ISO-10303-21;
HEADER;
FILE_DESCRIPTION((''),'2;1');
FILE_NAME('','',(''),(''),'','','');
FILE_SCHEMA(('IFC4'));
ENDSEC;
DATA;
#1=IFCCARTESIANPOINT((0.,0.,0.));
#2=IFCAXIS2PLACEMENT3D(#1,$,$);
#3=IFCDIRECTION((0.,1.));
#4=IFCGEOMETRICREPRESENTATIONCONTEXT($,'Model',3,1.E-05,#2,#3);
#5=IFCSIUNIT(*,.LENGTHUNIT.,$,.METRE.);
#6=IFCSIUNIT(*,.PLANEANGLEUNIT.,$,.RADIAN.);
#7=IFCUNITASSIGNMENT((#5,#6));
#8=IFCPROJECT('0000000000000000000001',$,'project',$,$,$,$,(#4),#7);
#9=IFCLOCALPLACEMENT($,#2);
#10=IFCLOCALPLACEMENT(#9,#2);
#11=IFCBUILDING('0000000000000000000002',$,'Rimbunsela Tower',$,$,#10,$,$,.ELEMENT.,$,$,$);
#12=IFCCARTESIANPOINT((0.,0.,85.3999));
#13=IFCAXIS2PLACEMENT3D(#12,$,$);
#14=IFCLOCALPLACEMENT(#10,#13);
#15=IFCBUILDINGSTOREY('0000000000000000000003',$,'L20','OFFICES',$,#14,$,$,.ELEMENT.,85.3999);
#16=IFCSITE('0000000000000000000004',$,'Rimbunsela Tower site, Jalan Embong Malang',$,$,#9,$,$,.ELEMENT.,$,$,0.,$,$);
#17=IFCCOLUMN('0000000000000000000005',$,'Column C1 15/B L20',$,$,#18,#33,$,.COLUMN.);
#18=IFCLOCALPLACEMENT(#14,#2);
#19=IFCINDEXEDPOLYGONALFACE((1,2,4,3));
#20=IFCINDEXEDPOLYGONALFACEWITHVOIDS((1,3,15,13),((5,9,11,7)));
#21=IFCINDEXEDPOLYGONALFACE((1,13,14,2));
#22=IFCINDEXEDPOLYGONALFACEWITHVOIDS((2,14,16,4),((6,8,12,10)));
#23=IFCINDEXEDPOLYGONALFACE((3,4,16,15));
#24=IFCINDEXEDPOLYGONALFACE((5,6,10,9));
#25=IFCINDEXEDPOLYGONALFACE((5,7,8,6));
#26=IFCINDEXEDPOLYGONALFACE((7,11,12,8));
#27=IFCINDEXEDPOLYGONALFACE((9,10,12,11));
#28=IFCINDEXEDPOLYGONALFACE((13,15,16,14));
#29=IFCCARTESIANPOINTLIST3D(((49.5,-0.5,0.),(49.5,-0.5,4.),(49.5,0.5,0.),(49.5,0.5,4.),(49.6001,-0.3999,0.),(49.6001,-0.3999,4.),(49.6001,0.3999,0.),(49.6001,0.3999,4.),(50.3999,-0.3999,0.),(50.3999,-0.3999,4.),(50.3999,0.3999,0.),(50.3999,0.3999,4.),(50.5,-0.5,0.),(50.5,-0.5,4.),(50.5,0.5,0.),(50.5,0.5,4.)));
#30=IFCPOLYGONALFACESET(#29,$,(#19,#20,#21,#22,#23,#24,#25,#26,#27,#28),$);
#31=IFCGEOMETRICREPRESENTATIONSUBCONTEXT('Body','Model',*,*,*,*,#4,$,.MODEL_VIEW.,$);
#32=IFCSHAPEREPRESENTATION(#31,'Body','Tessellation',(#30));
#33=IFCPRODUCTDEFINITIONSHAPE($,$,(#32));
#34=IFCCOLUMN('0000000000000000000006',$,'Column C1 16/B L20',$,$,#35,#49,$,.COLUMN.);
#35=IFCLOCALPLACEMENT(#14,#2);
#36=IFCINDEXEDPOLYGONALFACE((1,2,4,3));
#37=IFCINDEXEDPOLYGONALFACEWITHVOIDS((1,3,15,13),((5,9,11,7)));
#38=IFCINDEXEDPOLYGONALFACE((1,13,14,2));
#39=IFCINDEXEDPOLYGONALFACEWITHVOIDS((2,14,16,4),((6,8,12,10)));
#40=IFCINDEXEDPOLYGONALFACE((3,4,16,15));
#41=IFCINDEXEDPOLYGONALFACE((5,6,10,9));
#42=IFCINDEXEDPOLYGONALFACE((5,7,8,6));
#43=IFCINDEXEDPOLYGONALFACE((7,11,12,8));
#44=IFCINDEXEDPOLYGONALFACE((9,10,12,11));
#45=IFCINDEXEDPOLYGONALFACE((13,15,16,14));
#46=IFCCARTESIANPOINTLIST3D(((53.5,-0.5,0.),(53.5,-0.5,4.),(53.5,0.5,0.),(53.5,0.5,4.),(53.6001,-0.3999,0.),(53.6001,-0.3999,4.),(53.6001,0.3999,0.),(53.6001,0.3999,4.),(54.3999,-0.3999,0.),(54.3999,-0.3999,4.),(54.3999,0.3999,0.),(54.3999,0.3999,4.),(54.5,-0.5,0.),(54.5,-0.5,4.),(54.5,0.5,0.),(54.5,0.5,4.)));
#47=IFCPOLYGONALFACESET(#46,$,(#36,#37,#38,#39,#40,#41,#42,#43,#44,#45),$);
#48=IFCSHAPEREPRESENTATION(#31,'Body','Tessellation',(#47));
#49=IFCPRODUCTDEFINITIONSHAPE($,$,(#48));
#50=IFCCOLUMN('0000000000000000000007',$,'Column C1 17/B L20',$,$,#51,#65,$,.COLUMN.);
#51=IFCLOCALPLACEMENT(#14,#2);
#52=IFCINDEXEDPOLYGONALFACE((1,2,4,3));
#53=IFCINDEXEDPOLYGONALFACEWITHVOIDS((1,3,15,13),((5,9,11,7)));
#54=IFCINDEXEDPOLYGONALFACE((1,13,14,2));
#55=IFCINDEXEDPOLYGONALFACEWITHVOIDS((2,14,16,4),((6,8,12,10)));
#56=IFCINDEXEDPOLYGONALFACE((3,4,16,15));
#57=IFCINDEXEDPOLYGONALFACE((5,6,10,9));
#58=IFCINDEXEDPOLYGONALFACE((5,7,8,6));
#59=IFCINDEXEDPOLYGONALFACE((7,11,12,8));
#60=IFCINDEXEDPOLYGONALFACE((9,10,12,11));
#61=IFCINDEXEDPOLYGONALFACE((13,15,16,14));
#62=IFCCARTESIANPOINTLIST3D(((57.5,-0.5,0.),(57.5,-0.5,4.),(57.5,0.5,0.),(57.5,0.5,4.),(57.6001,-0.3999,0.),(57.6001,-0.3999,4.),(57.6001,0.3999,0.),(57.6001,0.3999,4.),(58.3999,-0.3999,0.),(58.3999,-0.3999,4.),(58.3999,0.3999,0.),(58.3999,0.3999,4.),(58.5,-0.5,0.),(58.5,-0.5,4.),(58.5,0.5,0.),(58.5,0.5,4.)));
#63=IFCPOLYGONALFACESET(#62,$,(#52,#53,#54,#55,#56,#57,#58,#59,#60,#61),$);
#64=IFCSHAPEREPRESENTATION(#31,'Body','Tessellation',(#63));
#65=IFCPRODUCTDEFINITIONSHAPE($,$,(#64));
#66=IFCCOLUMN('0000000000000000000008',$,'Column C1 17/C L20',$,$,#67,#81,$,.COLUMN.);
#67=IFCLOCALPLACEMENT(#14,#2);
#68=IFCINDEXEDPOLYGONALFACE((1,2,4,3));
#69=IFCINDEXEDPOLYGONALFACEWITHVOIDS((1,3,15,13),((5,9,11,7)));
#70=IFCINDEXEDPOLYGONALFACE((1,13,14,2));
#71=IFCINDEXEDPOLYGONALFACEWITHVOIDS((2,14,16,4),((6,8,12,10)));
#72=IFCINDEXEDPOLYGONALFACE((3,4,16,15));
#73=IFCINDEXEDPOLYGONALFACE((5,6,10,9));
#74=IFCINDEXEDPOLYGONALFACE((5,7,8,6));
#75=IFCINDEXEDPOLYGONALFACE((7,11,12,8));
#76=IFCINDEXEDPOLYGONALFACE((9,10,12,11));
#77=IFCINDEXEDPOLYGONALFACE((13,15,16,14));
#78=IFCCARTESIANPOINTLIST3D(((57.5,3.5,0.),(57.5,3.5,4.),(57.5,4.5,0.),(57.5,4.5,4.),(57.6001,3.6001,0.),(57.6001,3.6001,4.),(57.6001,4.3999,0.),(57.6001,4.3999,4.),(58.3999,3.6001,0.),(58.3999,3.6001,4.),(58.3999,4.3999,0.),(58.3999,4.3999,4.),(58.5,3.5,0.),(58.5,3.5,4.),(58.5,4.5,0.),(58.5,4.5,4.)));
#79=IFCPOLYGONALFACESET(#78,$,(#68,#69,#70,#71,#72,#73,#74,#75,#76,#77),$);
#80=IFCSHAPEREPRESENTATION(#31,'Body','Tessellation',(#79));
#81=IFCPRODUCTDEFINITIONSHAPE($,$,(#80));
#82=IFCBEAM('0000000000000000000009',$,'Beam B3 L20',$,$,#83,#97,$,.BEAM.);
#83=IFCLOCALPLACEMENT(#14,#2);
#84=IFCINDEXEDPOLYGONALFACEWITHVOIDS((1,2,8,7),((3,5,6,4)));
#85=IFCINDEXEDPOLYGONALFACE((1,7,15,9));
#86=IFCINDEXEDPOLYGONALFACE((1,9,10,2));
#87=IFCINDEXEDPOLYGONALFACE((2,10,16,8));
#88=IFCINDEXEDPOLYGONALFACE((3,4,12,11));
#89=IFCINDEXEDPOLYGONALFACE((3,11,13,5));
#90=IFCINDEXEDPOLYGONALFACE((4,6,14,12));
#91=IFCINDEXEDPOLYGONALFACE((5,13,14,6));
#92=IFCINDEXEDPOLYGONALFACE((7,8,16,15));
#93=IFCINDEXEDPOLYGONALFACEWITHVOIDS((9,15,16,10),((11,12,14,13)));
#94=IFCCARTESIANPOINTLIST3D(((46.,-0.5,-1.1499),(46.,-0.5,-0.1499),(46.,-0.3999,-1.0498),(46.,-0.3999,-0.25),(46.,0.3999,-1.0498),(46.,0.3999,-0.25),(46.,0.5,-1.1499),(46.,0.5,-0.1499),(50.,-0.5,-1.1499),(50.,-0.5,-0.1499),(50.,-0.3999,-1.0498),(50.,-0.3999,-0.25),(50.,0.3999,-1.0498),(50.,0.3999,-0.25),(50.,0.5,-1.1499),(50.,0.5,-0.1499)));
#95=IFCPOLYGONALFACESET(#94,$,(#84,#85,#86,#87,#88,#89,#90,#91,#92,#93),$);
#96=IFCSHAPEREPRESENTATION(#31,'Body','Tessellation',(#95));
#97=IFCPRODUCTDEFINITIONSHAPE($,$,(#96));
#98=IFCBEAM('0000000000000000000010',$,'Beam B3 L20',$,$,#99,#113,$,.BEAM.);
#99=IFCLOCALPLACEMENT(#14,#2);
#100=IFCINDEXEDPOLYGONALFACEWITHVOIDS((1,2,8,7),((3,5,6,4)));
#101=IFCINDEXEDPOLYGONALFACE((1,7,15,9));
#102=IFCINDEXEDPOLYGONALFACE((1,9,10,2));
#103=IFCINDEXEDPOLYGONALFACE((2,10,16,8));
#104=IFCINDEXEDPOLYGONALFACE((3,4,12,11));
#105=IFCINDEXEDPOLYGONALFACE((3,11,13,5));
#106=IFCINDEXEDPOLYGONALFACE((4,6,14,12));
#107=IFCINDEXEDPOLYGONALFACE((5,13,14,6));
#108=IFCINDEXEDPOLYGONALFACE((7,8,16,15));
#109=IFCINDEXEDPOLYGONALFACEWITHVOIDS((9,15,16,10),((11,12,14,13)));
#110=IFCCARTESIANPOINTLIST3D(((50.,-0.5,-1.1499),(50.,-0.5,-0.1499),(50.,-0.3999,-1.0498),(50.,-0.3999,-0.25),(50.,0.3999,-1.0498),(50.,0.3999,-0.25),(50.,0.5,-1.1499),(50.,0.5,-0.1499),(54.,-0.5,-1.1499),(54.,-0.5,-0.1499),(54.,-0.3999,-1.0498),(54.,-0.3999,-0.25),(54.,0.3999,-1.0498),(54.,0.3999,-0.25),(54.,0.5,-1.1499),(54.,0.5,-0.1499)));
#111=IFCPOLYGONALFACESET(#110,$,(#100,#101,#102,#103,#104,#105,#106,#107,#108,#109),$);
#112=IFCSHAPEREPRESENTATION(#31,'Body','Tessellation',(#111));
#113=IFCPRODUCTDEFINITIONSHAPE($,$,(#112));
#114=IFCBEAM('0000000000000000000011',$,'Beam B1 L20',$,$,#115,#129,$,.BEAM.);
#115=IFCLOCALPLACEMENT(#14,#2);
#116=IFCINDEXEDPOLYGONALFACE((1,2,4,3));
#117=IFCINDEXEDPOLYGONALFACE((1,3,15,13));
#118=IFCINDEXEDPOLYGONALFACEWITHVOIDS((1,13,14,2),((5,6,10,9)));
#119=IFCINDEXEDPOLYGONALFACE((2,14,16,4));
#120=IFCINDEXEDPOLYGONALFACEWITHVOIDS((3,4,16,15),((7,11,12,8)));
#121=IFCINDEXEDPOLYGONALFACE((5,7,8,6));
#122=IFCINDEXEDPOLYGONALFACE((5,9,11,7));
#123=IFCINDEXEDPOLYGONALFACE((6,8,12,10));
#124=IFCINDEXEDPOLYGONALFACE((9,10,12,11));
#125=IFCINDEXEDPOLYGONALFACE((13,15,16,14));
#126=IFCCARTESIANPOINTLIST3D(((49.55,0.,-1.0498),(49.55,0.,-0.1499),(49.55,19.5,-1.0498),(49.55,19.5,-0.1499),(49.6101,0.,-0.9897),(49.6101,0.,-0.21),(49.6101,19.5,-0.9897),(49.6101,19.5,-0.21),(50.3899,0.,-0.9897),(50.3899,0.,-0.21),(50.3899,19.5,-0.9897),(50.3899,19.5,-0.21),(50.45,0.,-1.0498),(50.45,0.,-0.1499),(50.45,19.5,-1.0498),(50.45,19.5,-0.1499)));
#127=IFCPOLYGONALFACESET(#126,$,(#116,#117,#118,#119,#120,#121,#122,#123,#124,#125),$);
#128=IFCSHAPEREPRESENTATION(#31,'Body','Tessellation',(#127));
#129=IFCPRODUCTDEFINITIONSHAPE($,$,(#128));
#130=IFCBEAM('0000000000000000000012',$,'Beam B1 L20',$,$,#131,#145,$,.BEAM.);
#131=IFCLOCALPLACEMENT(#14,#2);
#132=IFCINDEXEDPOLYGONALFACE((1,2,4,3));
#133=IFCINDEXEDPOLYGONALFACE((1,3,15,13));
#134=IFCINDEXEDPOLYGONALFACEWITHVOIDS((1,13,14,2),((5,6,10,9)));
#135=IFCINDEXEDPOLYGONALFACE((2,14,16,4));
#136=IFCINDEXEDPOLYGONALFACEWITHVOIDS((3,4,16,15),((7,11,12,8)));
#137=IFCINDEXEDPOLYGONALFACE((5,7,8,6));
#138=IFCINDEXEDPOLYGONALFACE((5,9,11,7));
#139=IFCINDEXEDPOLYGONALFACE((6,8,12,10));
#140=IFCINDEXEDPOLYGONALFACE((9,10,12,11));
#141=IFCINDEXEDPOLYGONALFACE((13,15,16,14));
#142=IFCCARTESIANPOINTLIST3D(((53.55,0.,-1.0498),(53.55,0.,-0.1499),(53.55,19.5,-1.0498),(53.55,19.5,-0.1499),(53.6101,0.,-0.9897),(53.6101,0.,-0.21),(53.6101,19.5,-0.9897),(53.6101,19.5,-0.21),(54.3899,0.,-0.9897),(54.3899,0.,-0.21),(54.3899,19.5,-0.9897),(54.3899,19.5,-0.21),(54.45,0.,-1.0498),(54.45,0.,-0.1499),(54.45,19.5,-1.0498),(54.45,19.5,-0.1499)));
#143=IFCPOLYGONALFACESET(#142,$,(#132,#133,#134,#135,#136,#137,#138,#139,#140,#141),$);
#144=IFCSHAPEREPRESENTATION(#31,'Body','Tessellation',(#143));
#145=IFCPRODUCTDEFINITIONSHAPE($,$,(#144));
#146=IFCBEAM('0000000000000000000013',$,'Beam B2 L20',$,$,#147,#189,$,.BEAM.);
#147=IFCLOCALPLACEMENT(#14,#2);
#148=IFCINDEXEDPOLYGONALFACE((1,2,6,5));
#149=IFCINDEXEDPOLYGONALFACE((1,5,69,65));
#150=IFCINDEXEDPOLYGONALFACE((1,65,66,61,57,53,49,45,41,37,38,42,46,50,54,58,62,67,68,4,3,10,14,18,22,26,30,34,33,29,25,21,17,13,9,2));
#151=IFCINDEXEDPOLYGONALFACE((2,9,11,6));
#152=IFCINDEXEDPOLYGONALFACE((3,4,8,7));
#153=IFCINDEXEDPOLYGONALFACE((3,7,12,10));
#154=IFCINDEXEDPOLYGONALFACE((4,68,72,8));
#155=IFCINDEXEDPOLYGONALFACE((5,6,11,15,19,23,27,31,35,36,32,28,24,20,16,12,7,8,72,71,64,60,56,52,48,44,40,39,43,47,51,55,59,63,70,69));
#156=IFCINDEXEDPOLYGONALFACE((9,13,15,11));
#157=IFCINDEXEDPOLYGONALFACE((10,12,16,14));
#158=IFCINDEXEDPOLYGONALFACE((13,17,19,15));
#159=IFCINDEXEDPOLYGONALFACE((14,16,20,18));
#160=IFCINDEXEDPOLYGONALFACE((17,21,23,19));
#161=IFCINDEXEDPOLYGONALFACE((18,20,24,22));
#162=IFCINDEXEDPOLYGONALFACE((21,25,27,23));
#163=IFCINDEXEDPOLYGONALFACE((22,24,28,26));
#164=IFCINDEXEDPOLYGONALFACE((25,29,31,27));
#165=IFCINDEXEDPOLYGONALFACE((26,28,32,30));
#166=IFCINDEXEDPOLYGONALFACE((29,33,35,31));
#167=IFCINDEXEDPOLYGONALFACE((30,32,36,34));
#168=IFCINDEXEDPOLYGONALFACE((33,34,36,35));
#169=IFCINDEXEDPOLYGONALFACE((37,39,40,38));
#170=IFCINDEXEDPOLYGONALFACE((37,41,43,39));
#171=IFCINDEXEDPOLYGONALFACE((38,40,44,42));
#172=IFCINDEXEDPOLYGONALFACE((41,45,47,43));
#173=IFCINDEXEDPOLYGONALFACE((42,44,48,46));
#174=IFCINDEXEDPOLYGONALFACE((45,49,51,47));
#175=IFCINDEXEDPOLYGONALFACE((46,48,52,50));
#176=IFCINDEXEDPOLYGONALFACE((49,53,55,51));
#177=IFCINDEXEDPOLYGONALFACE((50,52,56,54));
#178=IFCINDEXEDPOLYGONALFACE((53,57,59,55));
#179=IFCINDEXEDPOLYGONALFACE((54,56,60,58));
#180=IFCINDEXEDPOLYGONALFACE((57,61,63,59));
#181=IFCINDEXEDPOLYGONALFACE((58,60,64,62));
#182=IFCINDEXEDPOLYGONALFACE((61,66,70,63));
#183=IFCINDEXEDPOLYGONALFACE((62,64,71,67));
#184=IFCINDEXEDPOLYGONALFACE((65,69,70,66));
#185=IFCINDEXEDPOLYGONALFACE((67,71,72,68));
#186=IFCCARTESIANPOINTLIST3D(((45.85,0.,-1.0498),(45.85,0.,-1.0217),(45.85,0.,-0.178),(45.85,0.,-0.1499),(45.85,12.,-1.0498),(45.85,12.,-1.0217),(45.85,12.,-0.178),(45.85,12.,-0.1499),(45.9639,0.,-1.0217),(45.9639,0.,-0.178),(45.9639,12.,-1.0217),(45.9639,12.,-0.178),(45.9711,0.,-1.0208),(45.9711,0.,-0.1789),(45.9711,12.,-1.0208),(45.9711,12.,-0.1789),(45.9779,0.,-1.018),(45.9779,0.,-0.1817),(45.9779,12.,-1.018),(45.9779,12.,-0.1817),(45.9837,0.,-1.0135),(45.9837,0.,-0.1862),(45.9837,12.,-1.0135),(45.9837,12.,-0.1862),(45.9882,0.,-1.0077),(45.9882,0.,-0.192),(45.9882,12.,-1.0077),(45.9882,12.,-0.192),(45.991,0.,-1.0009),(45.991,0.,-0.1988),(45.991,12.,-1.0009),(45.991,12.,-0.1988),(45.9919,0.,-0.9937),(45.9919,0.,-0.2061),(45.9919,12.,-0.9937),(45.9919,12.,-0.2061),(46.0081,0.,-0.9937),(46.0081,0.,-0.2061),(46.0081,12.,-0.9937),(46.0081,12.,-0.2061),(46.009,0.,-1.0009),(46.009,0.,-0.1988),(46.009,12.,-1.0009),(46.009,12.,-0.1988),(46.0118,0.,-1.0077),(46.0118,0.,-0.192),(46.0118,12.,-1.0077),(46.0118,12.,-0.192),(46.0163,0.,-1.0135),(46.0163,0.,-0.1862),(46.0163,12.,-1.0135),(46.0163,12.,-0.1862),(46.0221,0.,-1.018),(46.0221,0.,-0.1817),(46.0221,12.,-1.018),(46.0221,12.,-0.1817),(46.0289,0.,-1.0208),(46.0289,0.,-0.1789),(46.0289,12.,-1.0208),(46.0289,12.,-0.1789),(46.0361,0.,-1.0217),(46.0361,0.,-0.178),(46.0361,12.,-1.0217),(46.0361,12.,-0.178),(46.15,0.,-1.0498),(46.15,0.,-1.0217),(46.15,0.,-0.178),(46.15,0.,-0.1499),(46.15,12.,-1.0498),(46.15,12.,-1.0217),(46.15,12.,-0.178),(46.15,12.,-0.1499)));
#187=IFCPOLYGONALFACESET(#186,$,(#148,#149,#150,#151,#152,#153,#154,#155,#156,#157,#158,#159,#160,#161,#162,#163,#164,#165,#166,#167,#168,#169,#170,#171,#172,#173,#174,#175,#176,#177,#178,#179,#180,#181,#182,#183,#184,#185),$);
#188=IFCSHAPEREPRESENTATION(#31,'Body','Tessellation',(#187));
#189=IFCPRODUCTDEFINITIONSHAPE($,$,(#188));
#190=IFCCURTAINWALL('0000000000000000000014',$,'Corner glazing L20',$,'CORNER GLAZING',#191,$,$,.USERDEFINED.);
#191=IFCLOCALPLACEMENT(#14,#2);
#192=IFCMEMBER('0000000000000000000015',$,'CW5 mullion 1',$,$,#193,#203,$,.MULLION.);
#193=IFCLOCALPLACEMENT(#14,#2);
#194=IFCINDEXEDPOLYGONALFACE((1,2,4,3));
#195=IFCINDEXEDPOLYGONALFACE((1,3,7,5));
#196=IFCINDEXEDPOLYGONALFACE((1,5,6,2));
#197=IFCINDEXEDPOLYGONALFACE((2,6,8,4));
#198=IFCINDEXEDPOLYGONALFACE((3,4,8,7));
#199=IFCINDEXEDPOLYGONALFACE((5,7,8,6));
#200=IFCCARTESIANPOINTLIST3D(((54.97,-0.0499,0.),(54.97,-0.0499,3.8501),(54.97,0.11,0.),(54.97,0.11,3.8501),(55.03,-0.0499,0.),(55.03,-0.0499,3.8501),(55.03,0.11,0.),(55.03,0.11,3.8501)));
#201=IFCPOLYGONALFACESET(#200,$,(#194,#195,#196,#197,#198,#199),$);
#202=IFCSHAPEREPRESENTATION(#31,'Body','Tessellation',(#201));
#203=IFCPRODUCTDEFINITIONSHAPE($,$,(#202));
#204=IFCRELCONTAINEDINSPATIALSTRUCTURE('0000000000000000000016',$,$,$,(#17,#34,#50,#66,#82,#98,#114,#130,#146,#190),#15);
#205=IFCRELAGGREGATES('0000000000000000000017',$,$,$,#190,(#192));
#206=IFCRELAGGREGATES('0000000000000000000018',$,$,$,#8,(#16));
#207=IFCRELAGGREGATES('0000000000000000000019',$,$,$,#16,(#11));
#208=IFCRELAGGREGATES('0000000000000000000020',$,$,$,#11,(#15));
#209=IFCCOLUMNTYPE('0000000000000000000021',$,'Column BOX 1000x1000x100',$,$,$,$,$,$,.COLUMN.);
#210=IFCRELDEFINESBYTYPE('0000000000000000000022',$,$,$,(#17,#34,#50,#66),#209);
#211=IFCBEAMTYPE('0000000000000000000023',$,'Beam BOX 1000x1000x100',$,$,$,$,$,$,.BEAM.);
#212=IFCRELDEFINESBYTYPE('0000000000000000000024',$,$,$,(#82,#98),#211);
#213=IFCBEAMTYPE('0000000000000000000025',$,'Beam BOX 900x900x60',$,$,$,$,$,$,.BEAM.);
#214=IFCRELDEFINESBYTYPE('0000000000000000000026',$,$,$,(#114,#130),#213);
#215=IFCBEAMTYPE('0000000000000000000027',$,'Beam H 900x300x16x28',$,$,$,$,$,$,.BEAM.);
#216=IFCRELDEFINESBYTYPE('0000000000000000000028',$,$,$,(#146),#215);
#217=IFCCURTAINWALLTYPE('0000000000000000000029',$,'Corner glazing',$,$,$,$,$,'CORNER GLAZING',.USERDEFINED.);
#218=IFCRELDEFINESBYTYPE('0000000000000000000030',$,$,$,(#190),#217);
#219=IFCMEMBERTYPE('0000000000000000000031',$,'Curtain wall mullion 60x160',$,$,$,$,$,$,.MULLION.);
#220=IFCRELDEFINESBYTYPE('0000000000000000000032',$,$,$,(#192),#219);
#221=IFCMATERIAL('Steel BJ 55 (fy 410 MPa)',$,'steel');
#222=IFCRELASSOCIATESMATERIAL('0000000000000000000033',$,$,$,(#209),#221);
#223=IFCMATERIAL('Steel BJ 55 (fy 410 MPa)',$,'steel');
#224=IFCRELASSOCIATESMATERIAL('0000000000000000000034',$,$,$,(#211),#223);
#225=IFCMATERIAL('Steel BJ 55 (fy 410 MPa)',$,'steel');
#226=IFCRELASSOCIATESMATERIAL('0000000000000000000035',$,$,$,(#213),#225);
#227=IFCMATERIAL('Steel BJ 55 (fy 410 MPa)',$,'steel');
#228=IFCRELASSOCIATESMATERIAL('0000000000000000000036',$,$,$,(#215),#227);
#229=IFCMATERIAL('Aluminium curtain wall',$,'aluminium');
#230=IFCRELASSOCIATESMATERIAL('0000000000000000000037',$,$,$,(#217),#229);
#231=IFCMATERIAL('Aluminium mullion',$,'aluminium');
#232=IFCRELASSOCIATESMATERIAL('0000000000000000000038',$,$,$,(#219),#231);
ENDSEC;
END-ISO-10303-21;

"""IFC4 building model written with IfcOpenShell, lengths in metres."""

from ifc_helpers import new_model, si_unit, direction, frame, origin, origin_2d, place, context, subcontext, project, spatial, rectangle, hollow_rectangle, i_section, extrude, material, material_profile, profile_set, type_object, element, aggregate, save


model = new_model("IFC4")

# Units and contexts
model_context = context("Model", 3, precision=1e-05, world=origin(), true_north=direction((0.0, 1.0)))
body_context = subcontext(model_context, "Body", "Model", "MODEL_VIEW")
ifc_project = project(units=[si_unit("LENGTHUNIT", "METRE"), si_unit("PLANEANGLEUNIT", "RADIAN")], contexts=[model_context])

# Site, building, storey
site_placement = place(None, origin())
site = spatial("IfcSite", under=ifc_project, at=site_placement, Name="Rimbunsela Tower site, Jalan Embong Malang", CompositionType="ELEMENT", RefElevation=0.0)
building_placement = place(site_placement, origin())
building = spatial("IfcBuilding", under=site, at=building_placement, Name="Rimbunsela Tower", CompositionType="ELEMENT")
storey_placement = place(building_placement, frame((0.0, 0.0, 85.3999)))
storey = spatial("IfcBuildingStorey", under=building, at=storey_placement, Name="L20", Description="OFFICES", CompositionType="ELEMENT", Elevation=85.3999)

# Columns
ifc_material_1 = material(Name="Steel BJ 55 (fy 410 MPa)", Category="steel")
ifc_material_profile_1 = material_profile(ifc_material_1, hollow_rectangle(XDim=1.0, YDim=1.0, WallThickness=0.1001, at=origin_2d()), Name="BOX 1000x1000x100")
ifc_profile_set_1 = profile_set([ifc_material_profile_1], Name="Steel BJ 55 (fy 410 MPa)")
column_type = type_object("IfcColumnType", Name="Column BOX 1000x1000x100", PredefinedType="COLUMN", material=ifc_profile_set_1)
for number, where, z_axis, x_axis, name in (
    (1, (50.0, 0.0, 0.0), (0.0, 0.0, 1.0), (1.0, 0.0, 0.0), "Column C1 15/B L20"),
    (2, (54.0, 0.0, 0.0), (0.0, 0.0, 1.0), (1.0, 0.0, 0.0), "Column C1 16/B L20"),
    (3, (58.0, 0.0, 0.0), (0.0, 0.0, 1.0), (1.0, 0.0, 0.0), "Column C1 17/B L20"),
    (4, (58.0, 4.0, 0.0), (0.0, 0.0, 1.0), (1.0, 0.0, 0.0), "Column C1 17/C L20"),
):
    element("IfcColumn", number, at=place(storey_placement, frame(where, z_axis=z_axis, x_axis=x_axis)), inside=storey, type_object=column_type, Name=name, PredefinedType="COLUMN", context=body_context, shape_type="SweptSolid", body=[
        extrude(hollow_rectangle(XDim=1.0, YDim=1.0, WallThickness=0.1001, at=origin_2d()), origin(), (0.0, 0.0, 1.0), 4.0),
    ])

# Beams
ifc_material_2 = material(Name="Steel BJ 55 (fy 410 MPa)", Category="steel")
ifc_material_profile_2 = material_profile(ifc_material_2, hollow_rectangle(XDim=1.0, YDim=1.0, WallThickness=0.1001, at=origin_2d()), Name="BOX 1000x1000x100")
ifc_profile_set_2 = profile_set([ifc_material_profile_2], Name="Steel BJ 55 (fy 410 MPa)")
beam_type_1 = type_object("IfcBeamType", Name="Beam BOX 1000x1000x100", PredefinedType="BEAM", material=ifc_profile_set_2)
for number, where, z_axis, x_axis, name in (
    (5, (46.0, 0.0, -0.6499), (1.0, 0.0, 0.0), (0.0, 1.0, 0.0), "Beam B3 L20"),
    (6, (50.0, 0.0, -0.6499), (1.0, 0.0, 0.0), (0.0, 1.0, 0.0), "Beam B3 L20"),
):
    element("IfcBeam", number, at=place(storey_placement, frame(where, z_axis=z_axis, x_axis=x_axis)), inside=storey, type_object=beam_type_1, Name=name, PredefinedType="BEAM", context=body_context, shape_type="SweptSolid", body=[
        extrude(hollow_rectangle(XDim=1.0, YDim=1.0, WallThickness=0.1001, at=origin_2d()), origin(), (0.0, 0.0, 1.0), 4.0),
    ])
ifc_material_3 = material(Name="Steel BJ 55 (fy 410 MPa)", Category="steel")
ifc_material_profile_3 = material_profile(ifc_material_3, hollow_rectangle(XDim=0.8999, YDim=0.8999, WallThickness=0.0601, at=origin_2d()), Name="BOX 900x900x60")
ifc_profile_set_3 = profile_set([ifc_material_profile_3], Name="Steel BJ 55 (fy 410 MPa)")
beam_type_2 = type_object("IfcBeamType", Name="Beam BOX 900x900x60", PredefinedType="BEAM", material=ifc_profile_set_3)
for number, where, z_axis, x_axis, name in (
    (7, (50.0, 0.0, -0.5999), (0.0, 1.0, 0.0), (-1.0, 0.0, 0.0), "Beam B1 L20"),
    (8, (54.0, 0.0, -0.5999), (0.0, 1.0, 0.0), (-1.0, 0.0, 0.0), "Beam B1 L20"),
):
    element("IfcBeam", number, at=place(storey_placement, frame(where, z_axis=z_axis, x_axis=x_axis)), inside=storey, type_object=beam_type_2, Name=name, PredefinedType="BEAM", context=body_context, shape_type="SweptSolid", body=[
        extrude(hollow_rectangle(XDim=0.8999, YDim=0.8999, WallThickness=0.0601, at=origin_2d()), origin(), (0.0, 0.0, 1.0), 19.5),
    ])
ifc_material_4 = material(Name="Steel BJ 55 (fy 410 MPa)", Category="steel")
ifc_material_profile_4 = material_profile(ifc_material_4, i_section(OverallWidth=0.3, OverallDepth=0.8999, WebThickness=0.0161, FlangeThickness=0.0281, FilletRadius=0.0281, at=origin_2d()), Name="H 900x300x16x28")
ifc_profile_set_4 = profile_set([ifc_material_profile_4], Name="Steel BJ 55 (fy 410 MPa)")
beam_type_3 = type_object("IfcBeamType", Name="Beam H 900x300x16x28", PredefinedType="BEAM", material=ifc_profile_set_4)
beam_placement = place(storey_placement, frame((46.0, 0.0, -0.5999), z_axis=(0.0, 1.0, 0.0), x_axis=(-1.0, 0.0, 0.0)))
element("IfcBeam", 9, at=beam_placement, inside=storey, type_object=beam_type_3, Name="Beam B2 L20", PredefinedType="BEAM", context=body_context, shape_type="SweptSolid", body=[
    extrude(i_section(OverallWidth=0.3, OverallDepth=0.8999, WebThickness=0.0161, FlangeThickness=0.0281, FilletRadius=0.0281, at=origin_2d()), origin(), (0.0, 0.0, 1.0), 12.0),
])

# Curtain wall, member
ifc_material_5 = material(Name="Aluminium curtain wall", Category="aluminium")
curtain_wall_type = type_object("IfcCurtainWallType", Name="Corner glazing", ElementType="CORNER GLAZING", PredefinedType="USERDEFINED", material=ifc_material_5)
curtain_wall_1_placement = place(storey_placement, origin())
curtain_wall_1 = element("IfcCurtainWall", 10, at=curtain_wall_1_placement, inside=storey, type_object=curtain_wall_type, Name="Corner glazing L20", ObjectType="CORNER GLAZING", PredefinedType="USERDEFINED")
ifc_material_6 = material(Name="Aluminium mullion", Category="aluminium")
ifc_material_profile_5 = material_profile(ifc_material_6, rectangle(XDim=0.0601, YDim=0.1599, at=origin_2d()), Name="Mullion 60x160")
ifc_profile_set_5 = profile_set([ifc_material_profile_5], Name="Aluminium mullion")
member_type_1 = type_object("IfcMemberType", Name="Curtain wall mullion 60x160", PredefinedType="MULLION", material=ifc_profile_set_5)
member_1_placement = place(storey_placement, frame((55.0, 0.03, 0.0), z_axis=(0.0, 0.0, 1.0), x_axis=(-1.0, 0.0, 0.0)))
member_1 = element("IfcMember", 11, at=member_1_placement, type_object=member_type_1, Name="CW5 mullion 1", PredefinedType="MULLION", context=body_context, shape_type="SweptSolid", body=[
    extrude(rectangle(XDim=0.0601, YDim=0.1599, at=origin_2d()), origin(), (0.0, 0.0, 1.0), 3.8501),
])

aggregate(curtain_wall_1, [member_1])

save(model, "model.ifc")
